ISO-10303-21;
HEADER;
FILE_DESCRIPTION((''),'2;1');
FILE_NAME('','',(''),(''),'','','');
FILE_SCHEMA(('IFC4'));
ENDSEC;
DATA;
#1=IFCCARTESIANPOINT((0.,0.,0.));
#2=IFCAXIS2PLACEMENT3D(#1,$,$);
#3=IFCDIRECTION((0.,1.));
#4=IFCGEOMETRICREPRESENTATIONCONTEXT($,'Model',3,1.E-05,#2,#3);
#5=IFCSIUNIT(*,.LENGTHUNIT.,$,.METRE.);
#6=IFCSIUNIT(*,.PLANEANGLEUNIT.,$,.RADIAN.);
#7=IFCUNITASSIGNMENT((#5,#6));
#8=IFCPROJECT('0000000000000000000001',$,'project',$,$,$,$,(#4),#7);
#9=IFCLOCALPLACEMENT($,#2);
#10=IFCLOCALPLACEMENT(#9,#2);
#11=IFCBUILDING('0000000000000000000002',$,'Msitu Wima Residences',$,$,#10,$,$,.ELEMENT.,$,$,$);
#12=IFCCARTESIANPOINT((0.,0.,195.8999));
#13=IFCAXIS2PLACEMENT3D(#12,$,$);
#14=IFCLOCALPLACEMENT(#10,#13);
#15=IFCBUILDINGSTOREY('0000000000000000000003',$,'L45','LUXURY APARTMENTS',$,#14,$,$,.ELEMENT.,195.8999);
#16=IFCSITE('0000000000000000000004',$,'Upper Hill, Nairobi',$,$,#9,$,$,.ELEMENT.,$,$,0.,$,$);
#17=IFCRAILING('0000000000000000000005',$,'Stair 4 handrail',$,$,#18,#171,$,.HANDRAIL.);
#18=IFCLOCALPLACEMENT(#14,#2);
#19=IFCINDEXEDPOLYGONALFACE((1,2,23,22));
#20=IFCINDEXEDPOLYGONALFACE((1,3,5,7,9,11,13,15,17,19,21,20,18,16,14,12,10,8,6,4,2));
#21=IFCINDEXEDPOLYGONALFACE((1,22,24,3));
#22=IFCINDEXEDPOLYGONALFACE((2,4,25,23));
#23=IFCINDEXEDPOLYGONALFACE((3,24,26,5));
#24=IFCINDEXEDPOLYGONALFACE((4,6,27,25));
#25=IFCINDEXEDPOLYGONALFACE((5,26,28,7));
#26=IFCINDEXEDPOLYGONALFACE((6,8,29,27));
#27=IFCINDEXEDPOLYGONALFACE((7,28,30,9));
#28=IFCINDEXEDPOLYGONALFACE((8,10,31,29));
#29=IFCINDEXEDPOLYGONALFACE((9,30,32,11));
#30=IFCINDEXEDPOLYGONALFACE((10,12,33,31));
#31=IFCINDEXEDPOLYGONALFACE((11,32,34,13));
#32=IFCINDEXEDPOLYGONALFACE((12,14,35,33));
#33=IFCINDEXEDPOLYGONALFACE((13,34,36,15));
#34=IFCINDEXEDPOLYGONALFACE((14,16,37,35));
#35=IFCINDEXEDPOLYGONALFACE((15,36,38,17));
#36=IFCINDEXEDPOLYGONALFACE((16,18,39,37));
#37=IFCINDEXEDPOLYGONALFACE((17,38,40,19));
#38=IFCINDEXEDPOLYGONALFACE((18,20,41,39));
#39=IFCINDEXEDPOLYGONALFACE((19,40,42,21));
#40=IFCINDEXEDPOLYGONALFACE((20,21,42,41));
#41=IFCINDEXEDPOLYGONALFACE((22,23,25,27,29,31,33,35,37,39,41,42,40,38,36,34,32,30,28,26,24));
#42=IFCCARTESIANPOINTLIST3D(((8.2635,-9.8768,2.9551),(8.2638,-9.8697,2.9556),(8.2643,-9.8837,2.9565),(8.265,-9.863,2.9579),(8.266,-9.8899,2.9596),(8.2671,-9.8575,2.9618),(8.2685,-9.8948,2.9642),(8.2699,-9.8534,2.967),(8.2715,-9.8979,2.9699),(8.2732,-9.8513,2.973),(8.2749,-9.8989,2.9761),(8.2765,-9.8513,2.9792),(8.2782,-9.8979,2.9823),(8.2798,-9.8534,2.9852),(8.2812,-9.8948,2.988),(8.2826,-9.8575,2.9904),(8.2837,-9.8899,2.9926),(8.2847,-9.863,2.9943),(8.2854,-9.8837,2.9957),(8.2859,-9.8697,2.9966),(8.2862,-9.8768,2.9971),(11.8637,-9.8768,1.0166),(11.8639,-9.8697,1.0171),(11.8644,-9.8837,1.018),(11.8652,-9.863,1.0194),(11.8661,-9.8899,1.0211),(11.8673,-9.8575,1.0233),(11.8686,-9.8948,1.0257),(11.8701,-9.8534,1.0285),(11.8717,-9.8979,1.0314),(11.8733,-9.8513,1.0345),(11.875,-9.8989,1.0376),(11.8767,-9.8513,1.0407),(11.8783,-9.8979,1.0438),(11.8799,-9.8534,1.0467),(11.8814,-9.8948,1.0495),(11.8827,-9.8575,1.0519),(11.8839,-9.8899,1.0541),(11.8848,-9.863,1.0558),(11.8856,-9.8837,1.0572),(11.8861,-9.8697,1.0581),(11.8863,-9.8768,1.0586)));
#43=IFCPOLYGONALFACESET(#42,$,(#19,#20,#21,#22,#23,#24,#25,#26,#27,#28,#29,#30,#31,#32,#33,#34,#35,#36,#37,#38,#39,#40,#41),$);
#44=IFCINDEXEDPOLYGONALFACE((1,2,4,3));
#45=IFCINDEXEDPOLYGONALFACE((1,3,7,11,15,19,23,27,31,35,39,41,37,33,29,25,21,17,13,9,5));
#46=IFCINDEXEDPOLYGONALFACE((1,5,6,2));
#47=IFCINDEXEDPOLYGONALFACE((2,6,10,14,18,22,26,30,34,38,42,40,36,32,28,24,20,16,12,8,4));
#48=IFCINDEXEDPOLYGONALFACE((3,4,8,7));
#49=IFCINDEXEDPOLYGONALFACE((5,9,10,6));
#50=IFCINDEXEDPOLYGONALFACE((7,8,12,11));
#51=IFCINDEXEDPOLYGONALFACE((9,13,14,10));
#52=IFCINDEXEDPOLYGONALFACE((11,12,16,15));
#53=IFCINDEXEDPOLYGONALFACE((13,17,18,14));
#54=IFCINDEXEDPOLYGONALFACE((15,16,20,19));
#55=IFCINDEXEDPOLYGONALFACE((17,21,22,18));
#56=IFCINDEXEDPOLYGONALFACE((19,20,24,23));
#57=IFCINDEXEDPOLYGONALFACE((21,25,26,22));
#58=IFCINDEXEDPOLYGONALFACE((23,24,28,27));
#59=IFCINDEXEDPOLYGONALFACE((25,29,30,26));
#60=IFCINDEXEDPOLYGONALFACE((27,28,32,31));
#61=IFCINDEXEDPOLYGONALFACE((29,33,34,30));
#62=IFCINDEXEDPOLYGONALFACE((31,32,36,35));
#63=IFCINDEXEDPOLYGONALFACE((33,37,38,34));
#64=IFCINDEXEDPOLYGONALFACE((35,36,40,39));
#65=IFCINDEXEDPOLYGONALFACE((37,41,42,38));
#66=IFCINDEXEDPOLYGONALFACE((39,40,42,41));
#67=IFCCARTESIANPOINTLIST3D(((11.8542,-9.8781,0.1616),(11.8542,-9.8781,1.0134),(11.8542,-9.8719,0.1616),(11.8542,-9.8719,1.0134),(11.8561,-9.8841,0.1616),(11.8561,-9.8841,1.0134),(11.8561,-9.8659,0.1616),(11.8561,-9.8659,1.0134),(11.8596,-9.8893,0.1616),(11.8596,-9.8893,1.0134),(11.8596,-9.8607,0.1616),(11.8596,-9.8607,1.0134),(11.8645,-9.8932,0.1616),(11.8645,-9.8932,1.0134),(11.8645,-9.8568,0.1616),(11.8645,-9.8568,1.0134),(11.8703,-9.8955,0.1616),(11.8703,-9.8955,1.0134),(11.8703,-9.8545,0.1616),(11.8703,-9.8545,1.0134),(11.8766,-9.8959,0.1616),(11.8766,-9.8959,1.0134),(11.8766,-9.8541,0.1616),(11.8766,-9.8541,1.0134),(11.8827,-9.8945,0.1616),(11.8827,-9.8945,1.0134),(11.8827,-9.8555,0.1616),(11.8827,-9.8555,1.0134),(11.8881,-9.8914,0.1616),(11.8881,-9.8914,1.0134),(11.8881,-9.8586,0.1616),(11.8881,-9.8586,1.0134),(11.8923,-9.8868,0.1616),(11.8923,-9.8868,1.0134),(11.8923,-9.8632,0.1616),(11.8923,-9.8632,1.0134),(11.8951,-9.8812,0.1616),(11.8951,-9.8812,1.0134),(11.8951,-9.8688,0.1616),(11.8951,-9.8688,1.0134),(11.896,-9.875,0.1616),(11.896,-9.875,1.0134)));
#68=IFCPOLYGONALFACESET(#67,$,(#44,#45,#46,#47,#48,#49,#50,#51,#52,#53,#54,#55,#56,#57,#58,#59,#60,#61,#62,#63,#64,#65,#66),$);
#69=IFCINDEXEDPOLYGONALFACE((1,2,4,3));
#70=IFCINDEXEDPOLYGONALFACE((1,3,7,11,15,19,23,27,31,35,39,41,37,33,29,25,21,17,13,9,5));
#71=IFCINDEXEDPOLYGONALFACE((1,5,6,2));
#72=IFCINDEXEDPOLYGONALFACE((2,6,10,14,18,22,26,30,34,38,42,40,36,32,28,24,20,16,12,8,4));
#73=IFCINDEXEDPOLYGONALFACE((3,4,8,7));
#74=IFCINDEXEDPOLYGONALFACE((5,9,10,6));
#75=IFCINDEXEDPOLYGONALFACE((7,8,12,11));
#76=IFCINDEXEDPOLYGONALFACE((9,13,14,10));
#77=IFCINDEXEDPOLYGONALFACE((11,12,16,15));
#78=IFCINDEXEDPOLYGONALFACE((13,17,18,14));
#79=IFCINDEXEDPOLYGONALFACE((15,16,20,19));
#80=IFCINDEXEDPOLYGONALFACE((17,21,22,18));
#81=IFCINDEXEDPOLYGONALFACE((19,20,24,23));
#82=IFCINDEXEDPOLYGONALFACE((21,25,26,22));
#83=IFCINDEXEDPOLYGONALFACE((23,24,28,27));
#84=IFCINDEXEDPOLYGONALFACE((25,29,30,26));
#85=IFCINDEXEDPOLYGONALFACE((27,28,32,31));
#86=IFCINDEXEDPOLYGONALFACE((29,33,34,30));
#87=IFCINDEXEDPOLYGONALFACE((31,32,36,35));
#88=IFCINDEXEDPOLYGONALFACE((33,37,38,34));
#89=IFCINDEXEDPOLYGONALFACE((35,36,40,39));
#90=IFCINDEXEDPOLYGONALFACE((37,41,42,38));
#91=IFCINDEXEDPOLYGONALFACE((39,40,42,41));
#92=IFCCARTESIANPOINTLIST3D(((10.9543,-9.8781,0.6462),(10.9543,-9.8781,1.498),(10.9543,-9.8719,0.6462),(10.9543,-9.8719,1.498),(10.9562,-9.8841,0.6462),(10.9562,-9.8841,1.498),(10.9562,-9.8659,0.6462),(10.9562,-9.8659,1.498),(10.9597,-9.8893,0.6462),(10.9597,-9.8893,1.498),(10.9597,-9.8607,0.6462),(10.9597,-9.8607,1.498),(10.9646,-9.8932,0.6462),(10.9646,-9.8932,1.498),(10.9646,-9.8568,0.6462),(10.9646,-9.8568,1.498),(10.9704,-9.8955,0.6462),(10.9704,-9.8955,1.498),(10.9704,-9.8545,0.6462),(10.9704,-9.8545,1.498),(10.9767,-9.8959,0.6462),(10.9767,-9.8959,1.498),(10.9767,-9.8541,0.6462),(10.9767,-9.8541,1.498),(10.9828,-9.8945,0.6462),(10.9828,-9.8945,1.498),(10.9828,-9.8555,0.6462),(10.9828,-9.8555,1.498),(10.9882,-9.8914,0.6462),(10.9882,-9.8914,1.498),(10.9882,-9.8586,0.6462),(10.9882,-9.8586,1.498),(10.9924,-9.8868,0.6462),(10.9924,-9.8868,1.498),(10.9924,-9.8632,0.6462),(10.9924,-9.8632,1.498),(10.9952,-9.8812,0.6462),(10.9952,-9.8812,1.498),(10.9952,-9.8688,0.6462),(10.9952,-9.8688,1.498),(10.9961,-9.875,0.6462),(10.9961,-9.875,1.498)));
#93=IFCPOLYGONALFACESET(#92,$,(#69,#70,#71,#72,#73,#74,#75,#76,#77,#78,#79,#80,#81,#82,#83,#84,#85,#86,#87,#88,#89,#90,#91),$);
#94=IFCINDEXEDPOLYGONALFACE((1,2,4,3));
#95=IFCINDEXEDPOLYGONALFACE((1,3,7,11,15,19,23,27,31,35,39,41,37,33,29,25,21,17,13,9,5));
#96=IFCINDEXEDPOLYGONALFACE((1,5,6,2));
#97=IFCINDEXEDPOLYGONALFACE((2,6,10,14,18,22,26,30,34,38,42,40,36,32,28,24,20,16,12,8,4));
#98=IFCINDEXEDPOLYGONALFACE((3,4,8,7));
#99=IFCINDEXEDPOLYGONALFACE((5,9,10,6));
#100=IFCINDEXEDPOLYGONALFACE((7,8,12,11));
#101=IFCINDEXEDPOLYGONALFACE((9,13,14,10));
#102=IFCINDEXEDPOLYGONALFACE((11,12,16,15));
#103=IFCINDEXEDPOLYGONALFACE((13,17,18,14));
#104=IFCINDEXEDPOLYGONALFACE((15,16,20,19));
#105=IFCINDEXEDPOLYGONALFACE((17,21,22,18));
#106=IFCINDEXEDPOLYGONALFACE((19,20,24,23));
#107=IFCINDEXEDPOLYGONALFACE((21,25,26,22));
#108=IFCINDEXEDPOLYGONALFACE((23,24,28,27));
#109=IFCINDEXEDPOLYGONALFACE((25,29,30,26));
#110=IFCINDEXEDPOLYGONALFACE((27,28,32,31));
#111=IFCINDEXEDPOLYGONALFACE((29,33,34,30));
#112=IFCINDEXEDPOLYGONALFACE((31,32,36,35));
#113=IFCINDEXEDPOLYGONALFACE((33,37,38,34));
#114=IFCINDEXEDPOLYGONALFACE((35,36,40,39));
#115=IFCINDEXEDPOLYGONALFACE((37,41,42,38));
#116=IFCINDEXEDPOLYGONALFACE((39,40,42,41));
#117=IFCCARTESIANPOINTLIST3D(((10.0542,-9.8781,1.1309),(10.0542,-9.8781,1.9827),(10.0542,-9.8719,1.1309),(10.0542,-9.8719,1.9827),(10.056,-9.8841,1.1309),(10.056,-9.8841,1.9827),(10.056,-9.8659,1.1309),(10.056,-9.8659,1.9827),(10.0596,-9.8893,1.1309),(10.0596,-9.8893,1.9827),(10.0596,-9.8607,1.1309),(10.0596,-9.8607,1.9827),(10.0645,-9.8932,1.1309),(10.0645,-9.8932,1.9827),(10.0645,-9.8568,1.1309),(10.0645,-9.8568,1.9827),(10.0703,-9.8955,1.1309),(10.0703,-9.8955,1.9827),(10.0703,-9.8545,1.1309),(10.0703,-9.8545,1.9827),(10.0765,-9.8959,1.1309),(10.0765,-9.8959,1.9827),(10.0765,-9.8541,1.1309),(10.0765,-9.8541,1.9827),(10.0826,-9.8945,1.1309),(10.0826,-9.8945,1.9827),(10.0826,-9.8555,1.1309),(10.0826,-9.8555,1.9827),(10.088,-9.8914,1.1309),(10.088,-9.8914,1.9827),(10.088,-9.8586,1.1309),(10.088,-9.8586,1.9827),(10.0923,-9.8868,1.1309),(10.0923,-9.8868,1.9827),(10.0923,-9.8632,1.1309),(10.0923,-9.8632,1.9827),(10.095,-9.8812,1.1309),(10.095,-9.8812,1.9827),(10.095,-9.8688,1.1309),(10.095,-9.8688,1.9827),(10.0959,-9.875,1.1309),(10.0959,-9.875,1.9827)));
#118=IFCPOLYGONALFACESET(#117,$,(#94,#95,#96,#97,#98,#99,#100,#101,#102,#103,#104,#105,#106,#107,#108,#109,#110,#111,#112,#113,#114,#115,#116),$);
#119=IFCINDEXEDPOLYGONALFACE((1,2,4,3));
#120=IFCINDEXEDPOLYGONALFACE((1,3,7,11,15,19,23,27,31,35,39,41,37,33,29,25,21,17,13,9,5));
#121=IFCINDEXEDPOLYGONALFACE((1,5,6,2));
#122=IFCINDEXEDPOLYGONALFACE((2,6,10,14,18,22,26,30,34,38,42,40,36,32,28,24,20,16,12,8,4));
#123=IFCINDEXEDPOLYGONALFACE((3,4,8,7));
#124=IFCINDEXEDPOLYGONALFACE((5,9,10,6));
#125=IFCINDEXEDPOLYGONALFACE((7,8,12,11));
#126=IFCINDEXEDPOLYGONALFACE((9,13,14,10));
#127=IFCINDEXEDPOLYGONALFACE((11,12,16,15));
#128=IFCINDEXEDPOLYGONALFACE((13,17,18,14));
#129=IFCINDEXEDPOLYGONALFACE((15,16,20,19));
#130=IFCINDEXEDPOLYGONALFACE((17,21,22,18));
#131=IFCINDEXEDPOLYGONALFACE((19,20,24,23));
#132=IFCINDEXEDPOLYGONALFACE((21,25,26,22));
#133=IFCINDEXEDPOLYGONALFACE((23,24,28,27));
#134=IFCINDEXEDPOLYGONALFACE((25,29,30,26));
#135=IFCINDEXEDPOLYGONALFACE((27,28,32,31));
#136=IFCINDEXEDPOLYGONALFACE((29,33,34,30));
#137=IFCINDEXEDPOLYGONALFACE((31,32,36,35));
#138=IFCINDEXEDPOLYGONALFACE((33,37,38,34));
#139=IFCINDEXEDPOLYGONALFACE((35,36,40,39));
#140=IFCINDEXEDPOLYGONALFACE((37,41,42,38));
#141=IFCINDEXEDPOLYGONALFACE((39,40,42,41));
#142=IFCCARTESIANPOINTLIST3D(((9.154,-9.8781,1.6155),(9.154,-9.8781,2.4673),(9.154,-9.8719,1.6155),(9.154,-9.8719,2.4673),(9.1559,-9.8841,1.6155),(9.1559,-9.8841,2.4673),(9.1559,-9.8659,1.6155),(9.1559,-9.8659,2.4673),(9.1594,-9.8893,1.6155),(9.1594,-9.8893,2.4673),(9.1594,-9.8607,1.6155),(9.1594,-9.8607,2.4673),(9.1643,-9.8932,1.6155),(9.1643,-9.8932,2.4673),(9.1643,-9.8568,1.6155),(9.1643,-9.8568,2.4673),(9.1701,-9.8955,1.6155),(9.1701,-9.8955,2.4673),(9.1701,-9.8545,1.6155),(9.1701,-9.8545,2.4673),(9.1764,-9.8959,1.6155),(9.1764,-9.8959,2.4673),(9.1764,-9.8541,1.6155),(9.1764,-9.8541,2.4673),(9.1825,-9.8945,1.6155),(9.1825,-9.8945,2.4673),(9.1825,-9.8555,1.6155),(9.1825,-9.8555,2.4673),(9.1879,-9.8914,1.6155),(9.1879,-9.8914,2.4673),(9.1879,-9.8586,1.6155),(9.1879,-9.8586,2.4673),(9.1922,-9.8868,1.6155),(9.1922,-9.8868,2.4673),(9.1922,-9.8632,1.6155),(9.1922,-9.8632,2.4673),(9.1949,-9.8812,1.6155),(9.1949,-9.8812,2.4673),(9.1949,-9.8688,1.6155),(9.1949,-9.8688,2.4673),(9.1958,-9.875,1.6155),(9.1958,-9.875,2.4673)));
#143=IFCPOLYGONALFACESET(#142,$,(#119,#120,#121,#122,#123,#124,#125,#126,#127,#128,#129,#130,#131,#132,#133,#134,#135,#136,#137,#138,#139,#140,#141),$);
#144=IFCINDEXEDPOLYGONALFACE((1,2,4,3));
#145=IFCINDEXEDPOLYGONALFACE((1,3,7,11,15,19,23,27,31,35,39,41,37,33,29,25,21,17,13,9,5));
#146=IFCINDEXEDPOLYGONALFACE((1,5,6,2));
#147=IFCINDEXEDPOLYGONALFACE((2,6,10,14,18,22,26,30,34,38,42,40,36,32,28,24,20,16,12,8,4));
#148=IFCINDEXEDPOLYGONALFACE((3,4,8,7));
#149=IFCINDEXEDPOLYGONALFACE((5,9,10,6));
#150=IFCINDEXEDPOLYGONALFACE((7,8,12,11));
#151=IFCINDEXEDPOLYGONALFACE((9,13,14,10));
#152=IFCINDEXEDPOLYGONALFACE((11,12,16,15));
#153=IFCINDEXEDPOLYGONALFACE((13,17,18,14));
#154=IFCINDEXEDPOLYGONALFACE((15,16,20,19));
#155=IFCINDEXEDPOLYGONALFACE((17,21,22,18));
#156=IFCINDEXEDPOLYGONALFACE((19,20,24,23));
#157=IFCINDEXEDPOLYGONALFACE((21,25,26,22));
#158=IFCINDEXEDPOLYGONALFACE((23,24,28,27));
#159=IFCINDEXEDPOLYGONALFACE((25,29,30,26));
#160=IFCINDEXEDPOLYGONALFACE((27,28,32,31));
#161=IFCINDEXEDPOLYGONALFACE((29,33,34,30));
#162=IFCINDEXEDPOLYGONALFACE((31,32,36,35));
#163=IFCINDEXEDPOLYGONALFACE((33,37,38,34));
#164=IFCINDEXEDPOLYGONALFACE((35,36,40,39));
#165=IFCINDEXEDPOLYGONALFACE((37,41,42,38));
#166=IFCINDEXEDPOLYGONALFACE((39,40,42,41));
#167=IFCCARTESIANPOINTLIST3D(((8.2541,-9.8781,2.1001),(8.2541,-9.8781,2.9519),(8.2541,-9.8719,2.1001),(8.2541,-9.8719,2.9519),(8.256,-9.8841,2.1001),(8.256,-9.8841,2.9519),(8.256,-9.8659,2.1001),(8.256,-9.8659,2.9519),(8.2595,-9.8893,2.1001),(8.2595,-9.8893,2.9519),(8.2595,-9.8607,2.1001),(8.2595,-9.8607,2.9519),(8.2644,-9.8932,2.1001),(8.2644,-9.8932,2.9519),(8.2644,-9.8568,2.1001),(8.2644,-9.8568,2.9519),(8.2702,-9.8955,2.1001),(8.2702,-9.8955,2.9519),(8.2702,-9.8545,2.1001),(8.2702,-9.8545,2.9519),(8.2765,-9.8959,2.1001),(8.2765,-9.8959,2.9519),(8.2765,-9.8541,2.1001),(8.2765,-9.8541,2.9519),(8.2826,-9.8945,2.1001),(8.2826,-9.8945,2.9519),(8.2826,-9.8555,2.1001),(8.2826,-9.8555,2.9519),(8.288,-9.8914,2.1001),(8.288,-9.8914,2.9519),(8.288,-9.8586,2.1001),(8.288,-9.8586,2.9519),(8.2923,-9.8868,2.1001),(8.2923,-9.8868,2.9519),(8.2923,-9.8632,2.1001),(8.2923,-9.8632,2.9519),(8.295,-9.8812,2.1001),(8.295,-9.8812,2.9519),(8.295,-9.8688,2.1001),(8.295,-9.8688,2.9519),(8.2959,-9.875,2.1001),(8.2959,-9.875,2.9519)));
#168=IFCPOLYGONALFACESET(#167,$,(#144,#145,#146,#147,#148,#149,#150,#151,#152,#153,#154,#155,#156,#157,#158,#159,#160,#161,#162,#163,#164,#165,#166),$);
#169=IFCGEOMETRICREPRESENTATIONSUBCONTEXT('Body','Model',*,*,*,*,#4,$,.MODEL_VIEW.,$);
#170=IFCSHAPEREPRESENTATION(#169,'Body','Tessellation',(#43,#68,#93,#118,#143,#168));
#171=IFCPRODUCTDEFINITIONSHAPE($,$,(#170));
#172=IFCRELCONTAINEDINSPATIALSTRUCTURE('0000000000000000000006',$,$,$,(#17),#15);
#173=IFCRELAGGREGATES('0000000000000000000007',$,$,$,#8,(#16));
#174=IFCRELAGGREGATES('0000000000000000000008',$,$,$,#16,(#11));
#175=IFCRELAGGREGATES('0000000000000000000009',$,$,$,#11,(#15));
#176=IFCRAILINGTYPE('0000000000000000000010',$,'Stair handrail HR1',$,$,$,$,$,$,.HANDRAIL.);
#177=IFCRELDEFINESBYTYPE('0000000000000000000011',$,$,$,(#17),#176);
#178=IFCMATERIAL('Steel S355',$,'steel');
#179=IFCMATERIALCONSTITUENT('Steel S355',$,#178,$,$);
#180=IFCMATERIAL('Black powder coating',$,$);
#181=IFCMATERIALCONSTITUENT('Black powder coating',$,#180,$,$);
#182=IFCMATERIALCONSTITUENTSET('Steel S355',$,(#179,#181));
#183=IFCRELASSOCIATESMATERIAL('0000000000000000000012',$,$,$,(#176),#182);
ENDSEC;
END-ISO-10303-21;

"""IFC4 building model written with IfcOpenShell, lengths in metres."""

from ifc_helpers import new_model, si_unit, direction, frame, origin, origin_2d, place, context, subcontext, project, spatial, circle, extrude, material, constituent, constituent_set, type_object, element, save


model = new_model("IFC4")

# Units and contexts
model_context = context("Model", 3, precision=1e-05, world=origin(), true_north=direction((0.0, 1.0)))
body_context = subcontext(model_context, "Body", "Model", "MODEL_VIEW")
ifc_project = project(units=[si_unit("LENGTHUNIT", "METRE"), si_unit("PLANEANGLEUNIT", "RADIAN")], contexts=[model_context])

# Site, building, storey
site_placement = place(None, origin())
site = spatial("IfcSite", under=ifc_project, at=site_placement, Name="Upper Hill, Nairobi", CompositionType="ELEMENT", RefElevation=0.0)
building_placement = place(site_placement, origin())
building = spatial("IfcBuilding", under=site, at=building_placement, Name="Msitu Wima Residences", CompositionType="ELEMENT")
storey_placement = place(building_placement, frame((0.0, 0.0, 195.8999)))
storey = spatial("IfcBuildingStorey", under=building, at=storey_placement, Name="L45", Description="LUXURY APARTMENTS", CompositionType="ELEMENT", Elevation=195.8999)

# Railing
ifc_material_1 = material(Name="Steel S355", Category="steel")
ifc_constituent_1 = constituent(ifc_material_1, Name="Steel S355")
ifc_material_2 = material(Name="Black powder coating")
ifc_constituent_2 = constituent(ifc_material_2, Name="Black powder coating")
ifc_constituent_set = constituent_set(constituents=[ifc_constituent_1, ifc_constituent_2], Name="Steel S355")
railing_type = type_object("IfcRailingType", Name="Stair handrail HR1", PredefinedType="HANDRAIL", material=ifc_constituent_set)
for number, where, name in (
    (1, (11.875, -9.875, 0.1616), "Stair 4 handrail"),
):
    element("IfcRailing", number, at=place(storey_placement, frame(where)), inside=storey, type_object=railing_type, Name=name, PredefinedType="HANDRAIL", context=body_context, shape_type="SweptSolid", body=[
        extrude(circle(Radius=0.0239, at=origin_2d()), frame((0.0, 0.0, 0.876), z_axis=(-0.880475, 0.0, 0.474093), x_axis=(0.0, -1.0, 0.0)), (0.0, 0.0, 1.0), 4.0889),
        extrude(circle(Radius=0.021, at=origin_2d()), origin(), (0.0, 0.0, 1.0), 0.8518),
        extrude(circle(Radius=0.021, at=origin_2d()), frame((-0.8999, 0.0, 0.4846)), (0.0, 0.0, 1.0), 0.8518),
        extrude(circle(Radius=0.021, at=origin_2d()), frame((-1.8, 0.0, 0.9692)), (0.0, 0.0, 1.0), 0.8518),
        extrude(circle(Radius=0.021, at=origin_2d()), frame((-2.7002, 0.0, 1.4539)), (0.0, 0.0, 1.0), 0.8518),
        extrude(circle(Radius=0.021, at=origin_2d()), frame((-3.6001, 0.0, 1.9385)), (0.0, 0.0, 1.0), 0.8518),
    ])

save(model, "model.ifc")
